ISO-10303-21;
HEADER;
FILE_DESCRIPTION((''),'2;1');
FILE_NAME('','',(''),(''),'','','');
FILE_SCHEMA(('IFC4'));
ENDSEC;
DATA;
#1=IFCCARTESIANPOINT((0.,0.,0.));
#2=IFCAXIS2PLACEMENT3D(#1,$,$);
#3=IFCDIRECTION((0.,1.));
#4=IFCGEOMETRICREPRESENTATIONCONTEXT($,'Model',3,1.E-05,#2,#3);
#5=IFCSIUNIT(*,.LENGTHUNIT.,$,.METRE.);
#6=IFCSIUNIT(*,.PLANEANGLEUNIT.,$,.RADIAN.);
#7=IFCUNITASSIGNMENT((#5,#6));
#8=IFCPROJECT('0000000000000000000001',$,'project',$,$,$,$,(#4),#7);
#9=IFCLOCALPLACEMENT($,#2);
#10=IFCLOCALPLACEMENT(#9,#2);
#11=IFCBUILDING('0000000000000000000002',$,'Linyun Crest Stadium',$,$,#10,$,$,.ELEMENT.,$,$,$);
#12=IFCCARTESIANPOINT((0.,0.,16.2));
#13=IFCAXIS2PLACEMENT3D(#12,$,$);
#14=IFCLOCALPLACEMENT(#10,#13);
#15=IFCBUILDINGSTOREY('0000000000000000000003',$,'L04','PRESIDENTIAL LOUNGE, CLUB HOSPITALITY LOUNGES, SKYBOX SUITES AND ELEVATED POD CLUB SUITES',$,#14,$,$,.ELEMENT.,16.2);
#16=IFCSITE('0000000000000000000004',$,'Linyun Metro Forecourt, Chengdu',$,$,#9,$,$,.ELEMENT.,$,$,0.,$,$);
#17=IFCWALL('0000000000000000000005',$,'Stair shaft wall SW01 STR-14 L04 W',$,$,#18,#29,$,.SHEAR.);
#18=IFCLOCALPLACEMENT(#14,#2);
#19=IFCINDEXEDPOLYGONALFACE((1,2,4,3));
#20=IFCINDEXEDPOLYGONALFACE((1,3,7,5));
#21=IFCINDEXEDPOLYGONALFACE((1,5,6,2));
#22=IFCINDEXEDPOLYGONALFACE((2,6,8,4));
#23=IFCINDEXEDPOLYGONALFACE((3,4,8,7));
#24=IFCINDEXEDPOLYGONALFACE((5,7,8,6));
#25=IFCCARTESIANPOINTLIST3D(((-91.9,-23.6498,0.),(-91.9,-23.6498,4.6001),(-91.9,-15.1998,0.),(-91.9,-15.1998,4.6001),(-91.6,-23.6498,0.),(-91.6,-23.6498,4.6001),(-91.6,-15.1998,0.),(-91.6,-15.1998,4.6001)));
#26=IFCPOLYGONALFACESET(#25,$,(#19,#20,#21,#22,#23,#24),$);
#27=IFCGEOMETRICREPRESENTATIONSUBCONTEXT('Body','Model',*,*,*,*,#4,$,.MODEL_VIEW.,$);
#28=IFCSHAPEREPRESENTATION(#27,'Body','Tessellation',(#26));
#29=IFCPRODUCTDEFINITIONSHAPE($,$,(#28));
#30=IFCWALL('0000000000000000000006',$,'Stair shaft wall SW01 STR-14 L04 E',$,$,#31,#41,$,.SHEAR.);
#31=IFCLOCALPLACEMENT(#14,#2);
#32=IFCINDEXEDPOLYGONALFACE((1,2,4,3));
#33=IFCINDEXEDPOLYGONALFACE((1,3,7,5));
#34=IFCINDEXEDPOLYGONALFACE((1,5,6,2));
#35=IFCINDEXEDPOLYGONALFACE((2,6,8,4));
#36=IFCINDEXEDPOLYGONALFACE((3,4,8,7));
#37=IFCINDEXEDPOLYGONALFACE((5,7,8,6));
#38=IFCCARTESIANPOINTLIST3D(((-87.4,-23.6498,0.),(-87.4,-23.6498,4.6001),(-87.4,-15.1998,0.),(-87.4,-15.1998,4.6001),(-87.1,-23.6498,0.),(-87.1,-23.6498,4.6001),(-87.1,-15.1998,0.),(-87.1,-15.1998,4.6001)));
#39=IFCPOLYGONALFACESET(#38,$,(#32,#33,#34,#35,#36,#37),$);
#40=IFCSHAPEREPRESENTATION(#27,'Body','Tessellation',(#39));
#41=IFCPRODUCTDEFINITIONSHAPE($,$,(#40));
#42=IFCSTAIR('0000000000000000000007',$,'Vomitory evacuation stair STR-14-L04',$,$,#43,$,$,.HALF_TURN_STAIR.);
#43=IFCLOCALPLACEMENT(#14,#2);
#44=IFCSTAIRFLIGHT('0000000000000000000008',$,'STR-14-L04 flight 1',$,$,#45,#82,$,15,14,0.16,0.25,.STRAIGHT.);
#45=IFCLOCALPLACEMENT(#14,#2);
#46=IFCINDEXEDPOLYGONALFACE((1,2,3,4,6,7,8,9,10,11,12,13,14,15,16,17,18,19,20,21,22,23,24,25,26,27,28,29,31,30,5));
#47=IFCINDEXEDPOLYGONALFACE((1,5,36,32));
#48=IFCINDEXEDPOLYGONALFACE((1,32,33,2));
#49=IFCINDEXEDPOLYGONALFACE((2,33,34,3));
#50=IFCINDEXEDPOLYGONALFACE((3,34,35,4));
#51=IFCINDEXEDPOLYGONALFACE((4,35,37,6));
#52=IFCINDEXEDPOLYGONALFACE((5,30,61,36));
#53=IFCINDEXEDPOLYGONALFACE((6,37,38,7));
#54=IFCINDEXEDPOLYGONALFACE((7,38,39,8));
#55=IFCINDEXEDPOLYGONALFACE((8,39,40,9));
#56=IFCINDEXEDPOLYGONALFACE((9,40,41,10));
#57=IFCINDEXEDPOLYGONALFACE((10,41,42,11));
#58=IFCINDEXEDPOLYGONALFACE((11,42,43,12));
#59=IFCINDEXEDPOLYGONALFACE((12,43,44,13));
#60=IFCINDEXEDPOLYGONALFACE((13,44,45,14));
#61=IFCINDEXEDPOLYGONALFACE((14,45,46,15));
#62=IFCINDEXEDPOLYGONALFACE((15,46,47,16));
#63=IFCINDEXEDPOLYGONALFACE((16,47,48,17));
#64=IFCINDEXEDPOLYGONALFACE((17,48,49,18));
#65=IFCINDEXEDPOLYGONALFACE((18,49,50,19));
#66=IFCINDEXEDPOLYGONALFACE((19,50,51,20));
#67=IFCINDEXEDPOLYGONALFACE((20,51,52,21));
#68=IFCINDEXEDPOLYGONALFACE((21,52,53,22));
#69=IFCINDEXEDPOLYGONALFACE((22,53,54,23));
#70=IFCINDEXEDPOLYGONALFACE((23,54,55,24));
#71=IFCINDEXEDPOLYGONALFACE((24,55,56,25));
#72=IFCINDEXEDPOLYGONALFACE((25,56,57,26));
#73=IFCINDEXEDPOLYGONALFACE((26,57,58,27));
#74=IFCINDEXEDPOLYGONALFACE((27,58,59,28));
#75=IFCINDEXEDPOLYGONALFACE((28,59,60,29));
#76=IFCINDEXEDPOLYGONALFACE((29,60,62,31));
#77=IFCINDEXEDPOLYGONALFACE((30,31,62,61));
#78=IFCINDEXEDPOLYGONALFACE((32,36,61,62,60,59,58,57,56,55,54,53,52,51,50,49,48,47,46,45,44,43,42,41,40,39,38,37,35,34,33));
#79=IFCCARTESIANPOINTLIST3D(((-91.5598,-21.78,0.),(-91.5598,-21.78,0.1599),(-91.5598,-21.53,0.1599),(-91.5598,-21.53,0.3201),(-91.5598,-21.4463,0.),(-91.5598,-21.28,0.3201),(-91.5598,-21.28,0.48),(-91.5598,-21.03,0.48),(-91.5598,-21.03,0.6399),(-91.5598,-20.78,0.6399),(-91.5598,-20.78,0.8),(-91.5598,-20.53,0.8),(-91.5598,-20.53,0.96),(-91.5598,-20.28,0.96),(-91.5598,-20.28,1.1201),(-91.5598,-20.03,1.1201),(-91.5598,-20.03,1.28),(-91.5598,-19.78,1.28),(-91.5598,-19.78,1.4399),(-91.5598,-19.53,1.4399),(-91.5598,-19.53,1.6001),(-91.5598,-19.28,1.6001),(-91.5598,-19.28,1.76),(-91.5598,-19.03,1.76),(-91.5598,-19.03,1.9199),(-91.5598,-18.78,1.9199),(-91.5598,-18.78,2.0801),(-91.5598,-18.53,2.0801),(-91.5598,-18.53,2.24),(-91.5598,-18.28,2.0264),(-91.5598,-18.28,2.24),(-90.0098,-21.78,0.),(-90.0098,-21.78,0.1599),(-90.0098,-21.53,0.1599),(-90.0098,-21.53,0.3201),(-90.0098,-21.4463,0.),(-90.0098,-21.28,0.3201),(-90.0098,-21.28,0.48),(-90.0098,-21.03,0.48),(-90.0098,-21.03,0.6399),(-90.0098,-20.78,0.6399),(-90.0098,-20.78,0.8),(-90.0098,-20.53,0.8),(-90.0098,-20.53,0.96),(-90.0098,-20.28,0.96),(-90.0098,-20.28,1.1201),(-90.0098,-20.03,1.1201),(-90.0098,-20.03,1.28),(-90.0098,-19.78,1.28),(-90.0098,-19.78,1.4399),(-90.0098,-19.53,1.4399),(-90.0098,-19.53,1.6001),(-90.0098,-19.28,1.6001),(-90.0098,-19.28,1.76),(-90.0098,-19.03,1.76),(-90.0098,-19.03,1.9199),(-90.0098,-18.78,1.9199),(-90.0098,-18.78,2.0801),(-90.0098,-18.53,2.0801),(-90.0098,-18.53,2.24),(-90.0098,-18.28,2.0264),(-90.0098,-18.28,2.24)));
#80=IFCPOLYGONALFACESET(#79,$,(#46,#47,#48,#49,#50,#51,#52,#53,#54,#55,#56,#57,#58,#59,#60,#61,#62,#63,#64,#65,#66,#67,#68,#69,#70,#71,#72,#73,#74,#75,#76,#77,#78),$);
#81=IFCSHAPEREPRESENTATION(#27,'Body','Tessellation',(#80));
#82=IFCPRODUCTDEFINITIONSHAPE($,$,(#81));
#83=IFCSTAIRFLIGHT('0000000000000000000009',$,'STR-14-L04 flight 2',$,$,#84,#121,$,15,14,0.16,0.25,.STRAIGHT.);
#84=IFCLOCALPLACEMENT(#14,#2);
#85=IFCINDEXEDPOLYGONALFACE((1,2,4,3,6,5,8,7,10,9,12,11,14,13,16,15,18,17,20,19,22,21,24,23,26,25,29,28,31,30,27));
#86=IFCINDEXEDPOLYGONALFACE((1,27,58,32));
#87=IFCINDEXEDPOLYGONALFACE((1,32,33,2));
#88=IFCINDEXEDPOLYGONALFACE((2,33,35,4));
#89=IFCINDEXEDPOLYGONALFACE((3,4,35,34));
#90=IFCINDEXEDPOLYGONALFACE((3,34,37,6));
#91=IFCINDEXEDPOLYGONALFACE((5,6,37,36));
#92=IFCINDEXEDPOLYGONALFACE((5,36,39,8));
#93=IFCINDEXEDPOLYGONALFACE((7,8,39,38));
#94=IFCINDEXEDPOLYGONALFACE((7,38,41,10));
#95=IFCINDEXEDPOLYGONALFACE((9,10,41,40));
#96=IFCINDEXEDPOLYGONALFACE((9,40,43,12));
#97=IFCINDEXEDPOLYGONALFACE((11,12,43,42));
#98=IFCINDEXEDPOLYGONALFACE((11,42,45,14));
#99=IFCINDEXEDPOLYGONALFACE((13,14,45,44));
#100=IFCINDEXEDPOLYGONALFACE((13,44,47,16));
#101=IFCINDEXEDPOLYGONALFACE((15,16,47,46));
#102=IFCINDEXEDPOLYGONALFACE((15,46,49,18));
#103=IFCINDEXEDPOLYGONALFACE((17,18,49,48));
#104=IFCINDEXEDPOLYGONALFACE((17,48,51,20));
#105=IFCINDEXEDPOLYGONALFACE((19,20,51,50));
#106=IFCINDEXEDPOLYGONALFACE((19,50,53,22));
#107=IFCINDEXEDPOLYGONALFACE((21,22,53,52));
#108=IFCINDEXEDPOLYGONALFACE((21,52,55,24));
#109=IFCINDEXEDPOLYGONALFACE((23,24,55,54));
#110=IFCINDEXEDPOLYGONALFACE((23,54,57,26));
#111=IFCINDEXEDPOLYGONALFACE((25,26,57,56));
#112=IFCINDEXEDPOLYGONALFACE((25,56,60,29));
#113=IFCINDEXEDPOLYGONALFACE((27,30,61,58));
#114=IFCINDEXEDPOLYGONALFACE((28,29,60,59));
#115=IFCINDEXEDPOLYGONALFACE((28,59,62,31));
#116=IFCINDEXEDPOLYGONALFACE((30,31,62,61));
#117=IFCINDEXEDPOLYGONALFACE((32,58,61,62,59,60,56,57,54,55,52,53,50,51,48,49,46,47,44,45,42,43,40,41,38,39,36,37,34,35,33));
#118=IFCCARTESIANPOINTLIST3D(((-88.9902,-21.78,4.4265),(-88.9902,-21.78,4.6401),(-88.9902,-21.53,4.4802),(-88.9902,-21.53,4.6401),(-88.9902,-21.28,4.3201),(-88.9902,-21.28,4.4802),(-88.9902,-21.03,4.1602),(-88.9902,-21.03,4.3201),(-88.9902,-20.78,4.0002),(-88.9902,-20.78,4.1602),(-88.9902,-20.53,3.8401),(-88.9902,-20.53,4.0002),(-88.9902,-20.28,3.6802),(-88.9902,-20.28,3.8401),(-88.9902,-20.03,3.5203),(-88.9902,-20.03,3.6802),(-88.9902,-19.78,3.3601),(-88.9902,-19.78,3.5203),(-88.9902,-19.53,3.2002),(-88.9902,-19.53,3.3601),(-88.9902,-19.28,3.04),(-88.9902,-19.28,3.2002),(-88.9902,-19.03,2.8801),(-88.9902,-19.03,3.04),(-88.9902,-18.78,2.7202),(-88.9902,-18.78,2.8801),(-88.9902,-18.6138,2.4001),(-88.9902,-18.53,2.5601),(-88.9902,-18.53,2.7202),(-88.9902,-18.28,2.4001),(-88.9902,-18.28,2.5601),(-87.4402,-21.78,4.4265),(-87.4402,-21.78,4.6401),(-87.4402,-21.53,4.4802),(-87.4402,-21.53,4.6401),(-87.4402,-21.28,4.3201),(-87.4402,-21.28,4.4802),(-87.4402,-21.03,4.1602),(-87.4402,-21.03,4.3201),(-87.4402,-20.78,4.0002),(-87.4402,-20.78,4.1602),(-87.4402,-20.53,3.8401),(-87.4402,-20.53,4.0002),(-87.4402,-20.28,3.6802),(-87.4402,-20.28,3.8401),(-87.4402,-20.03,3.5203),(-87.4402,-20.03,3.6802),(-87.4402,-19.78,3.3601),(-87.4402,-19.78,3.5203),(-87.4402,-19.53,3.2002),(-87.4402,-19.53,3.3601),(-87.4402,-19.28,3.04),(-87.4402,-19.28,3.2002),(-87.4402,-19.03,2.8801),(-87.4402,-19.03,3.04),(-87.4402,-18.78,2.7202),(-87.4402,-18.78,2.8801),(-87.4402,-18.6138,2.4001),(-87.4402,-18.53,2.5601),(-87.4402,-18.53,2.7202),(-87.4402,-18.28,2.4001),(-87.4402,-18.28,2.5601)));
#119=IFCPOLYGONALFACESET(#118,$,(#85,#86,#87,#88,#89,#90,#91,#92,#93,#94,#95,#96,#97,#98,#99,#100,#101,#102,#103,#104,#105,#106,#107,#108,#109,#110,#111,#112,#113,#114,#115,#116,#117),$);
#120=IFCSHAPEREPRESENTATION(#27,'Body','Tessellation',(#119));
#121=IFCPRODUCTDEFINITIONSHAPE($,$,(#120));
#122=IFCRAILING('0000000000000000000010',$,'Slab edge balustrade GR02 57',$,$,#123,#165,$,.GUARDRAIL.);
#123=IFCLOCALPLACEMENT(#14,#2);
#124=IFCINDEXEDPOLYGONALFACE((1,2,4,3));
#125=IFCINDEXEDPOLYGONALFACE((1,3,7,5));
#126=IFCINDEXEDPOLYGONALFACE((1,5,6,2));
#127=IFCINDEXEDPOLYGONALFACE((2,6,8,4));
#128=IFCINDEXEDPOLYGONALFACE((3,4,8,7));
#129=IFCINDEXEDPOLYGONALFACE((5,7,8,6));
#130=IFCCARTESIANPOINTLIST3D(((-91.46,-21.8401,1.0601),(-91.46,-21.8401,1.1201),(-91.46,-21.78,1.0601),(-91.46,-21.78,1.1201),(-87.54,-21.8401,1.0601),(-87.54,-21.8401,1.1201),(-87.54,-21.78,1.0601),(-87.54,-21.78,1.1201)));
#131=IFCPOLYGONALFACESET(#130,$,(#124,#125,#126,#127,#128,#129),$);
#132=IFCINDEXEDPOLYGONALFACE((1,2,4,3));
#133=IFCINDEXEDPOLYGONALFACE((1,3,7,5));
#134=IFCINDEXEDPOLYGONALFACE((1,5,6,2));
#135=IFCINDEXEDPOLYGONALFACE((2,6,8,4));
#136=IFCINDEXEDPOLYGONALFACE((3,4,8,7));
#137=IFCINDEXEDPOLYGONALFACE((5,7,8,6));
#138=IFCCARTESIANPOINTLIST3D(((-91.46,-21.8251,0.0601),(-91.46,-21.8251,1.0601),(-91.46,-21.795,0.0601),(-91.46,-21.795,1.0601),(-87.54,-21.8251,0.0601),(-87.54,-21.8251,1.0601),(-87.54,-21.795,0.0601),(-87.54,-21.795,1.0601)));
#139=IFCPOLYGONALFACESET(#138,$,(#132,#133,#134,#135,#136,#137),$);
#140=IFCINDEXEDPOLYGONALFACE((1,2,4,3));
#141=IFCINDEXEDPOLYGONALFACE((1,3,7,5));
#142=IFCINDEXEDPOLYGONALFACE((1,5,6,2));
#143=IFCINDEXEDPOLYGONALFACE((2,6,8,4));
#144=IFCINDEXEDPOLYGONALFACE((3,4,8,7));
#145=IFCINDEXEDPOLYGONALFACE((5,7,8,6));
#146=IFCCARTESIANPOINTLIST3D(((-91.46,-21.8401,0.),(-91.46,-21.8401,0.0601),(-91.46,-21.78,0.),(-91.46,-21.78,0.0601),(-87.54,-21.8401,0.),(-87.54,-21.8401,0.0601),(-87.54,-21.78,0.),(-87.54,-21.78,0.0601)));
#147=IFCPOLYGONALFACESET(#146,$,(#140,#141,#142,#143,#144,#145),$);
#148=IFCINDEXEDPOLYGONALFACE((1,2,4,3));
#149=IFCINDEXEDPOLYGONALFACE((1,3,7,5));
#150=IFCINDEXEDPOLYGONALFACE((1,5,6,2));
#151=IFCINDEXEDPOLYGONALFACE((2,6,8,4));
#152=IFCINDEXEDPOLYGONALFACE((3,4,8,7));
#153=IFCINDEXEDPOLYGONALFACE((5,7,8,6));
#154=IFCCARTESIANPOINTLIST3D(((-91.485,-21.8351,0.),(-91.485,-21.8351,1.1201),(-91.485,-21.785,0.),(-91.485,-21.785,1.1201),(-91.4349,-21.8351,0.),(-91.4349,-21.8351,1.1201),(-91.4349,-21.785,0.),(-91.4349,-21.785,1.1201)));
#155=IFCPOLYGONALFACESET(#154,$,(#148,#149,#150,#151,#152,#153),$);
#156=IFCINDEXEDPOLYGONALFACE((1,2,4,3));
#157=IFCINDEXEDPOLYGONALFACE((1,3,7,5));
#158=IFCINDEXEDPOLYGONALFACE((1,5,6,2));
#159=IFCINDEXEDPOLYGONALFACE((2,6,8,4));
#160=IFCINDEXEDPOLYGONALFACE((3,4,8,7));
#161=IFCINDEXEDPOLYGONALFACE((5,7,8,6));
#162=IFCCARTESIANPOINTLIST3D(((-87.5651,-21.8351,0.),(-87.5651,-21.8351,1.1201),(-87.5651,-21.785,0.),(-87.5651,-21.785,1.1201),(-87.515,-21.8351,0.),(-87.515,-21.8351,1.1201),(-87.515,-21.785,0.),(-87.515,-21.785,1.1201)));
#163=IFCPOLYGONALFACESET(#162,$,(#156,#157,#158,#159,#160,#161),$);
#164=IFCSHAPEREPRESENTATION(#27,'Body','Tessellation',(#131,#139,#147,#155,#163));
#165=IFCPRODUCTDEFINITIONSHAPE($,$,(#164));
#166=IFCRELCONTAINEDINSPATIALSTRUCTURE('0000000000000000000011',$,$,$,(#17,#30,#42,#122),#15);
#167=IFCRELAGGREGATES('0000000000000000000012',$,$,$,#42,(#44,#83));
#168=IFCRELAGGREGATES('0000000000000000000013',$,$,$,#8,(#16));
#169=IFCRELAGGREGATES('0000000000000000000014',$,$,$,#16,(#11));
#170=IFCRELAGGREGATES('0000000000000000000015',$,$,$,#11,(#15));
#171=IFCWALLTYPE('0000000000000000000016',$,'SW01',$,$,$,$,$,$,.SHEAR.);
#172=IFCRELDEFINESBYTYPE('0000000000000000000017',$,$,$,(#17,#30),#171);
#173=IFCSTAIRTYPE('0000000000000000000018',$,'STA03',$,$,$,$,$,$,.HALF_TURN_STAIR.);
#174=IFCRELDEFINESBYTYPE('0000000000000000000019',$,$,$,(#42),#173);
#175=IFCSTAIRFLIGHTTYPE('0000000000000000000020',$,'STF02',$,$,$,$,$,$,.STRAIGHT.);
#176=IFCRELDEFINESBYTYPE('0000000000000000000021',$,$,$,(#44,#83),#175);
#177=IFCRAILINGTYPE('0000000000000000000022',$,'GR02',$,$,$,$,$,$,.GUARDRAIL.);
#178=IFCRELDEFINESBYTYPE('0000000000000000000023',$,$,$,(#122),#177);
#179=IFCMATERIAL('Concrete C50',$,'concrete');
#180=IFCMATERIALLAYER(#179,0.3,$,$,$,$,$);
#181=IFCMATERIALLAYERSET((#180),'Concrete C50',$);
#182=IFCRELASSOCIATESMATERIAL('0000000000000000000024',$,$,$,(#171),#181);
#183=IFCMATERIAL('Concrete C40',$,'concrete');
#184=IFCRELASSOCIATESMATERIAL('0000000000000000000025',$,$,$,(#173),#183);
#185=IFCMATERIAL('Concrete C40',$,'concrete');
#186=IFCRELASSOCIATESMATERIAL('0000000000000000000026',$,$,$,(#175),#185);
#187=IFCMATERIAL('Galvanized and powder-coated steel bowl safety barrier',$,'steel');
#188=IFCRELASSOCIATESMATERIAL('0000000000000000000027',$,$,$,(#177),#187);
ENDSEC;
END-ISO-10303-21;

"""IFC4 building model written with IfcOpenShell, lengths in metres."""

from ifc_helpers import new_model, si_unit, direction, frame, frame_2d, origin, origin_2d, place, context, subcontext, project, spatial, polyline, rectangle, outline, extrude, material, layer, layer_set, type_object, element, aggregate, save


model = new_model("IFC4")

# Units and contexts
model_context = context("Model", 3, precision=1e-05, world=origin(), true_north=direction((0.0, 1.0)))
body_context = subcontext(model_context, "Body", "Model", "MODEL_VIEW")
ifc_project = project(units=[si_unit("LENGTHUNIT", "METRE"), si_unit("PLANEANGLEUNIT", "RADIAN")], contexts=[model_context])

# Site, building, storey
site_placement = place(None, origin())
site = spatial("IfcSite", under=ifc_project, at=site_placement, Name="Linyun Metro Forecourt, Chengdu", CompositionType="ELEMENT", RefElevation=0.0)
building_placement = place(site_placement, origin())
building = spatial("IfcBuilding", under=site, at=building_placement, Name="Linyun Crest Stadium", CompositionType="ELEMENT")
storey_placement = place(building_placement, frame((0.0, 0.0, 16.2)))
storey = spatial("IfcBuildingStorey", under=building, at=storey_placement, Name="L04", Description="PRESIDENTIAL LOUNGE, CLUB HOSPITALITY LOUNGES, SKYBOX SUITES AND ELEVATED POD CLUB SUITES", CompositionType="ELEMENT", Elevation=16.2)

# Shared definitions
ifc_material_1 = material(Name="Concrete C50", Category="concrete")
ifc_layer_1 = layer(ifc_material_1, 0.3)
ifc_layer_set_1 = layer_set([ifc_layer_1], Name="Concrete C50")
wall_type_1 = type_object("IfcWallType", Name="SW01", PredefinedType="SHEAR", material=ifc_layer_set_1)

# Walls
for number, where, z_axis, x_axis, name in (
    (1, (-91.75, -23.6499, 0.0), (0.0, 0.0, 1.0), (0.0, 1.0, 0.0), "Stair shaft wall SW01 STR-14 L04 W"),
    (2, (-87.25, -23.6499, 0.0), (0.0, 0.0, 1.0), (0.0, 1.0, 0.0), "Stair shaft wall SW01 STR-14 L04 E"),
):
    element("IfcWall", number, at=place(storey_placement, frame(where, z_axis=z_axis, x_axis=x_axis)), inside=storey, type_object=wall_type_1, Name=name, PredefinedType="SHEAR", context=body_context, shape_type="SweptSolid", body=[
        extrude(rectangle(XDim=8.45, YDim=0.3, at=frame_2d((4.2251, 0.0))), origin(), (0.0, 0.0, 1.0), 4.6001),
    ])

# Stair, stair flights
ifc_material_2 = material(Name="Concrete C40", Category="concrete")
stair_type = type_object("IfcStairType", Name="STA03", PredefinedType="HALF_TURN_STAIR", material=ifc_material_2)
stair_placement = place(storey_placement, origin())
stair = element("IfcStair", 3, at=stair_placement, inside=storey, type_object=stair_type, Name="Vomitory evacuation stair STR-14-L04", PredefinedType="HALF_TURN_STAIR")
ifc_material_3 = material(Name="Concrete C40", Category="concrete")
stair_flight_type = type_object("IfcStairFlightType", Name="STF02", PredefinedType="STRAIGHT", material=ifc_material_3)
stair_flight_1_placement = place(storey_placement, frame((-90.7849, -21.78, 0.0), z_axis=(0.0, 0.0, 1.0), x_axis=(0.0, 1.0, 0.0)))
stair_flight_1 = element("IfcStairFlight", 4, at=stair_flight_1_placement, type_object=stair_flight_type, Name="STR-14-L04 flight 1", NumberOfRisers=15, NumberOfTreads=14, PredefinedType="STRAIGHT", RiserHeight=0.16, TreadLength=0.25, context=body_context, shape_type="SweptSolid", body=[
    extrude(outline(polyline([(0.0, 0.0), (0.0, 0.1599), (0.25, 0.1599), (0.25, 0.3201), (0.5, 0.3201), (0.5, 0.48), (0.75, 0.48), (0.75, 0.6399), (1.0, 0.6399), (1.0, 0.8), (1.25, 0.8), (1.25, 0.96), (1.5, 0.96), (1.5, 1.1201), (1.75, 1.1201), (1.75, 1.28), (2.0, 1.28), (2.0, 1.4399), (2.25, 1.4399), (2.25, 1.6001), (2.5, 1.6001), (2.5, 1.76), (2.75, 1.76), (2.75, 1.9199), (3.0, 1.9199), (3.0, 2.0801), (3.25, 2.0801), (3.25, 2.24), (3.5, 2.24), (3.5, 2.3999), (3.5, 2.0264), (0.3337, 0.0), (0.0, 0.0)])), frame((0.0, 0.7749, 0.0), z_axis=(0.0, -1.0, 0.0), x_axis=(1.0, 0.0, 0.0)), (0.0, 0.0, 1.0), 1.55),
])
stair_flight_2_placement = place(storey_placement, frame((-88.2151, -18.28, 2.4001), z_axis=(0.0, 0.0, 1.0), x_axis=(0.0, -1.0, 0.0)))
stair_flight_2 = element("IfcStairFlight", 5, at=stair_flight_2_placement, type_object=stair_flight_type, Name="STR-14-L04 flight 2", NumberOfRisers=15, NumberOfTreads=14, PredefinedType="STRAIGHT", RiserHeight=0.16, TreadLength=0.25, context=body_context, shape_type="SweptSolid", body=[
    extrude(outline(polyline([(0.0, 0.0), (0.0, 0.1599), (0.25, 0.1599), (0.25, 0.3201), (0.5, 0.3201), (0.5, 0.48), (0.75, 0.48), (0.75, 0.6399), (1.0, 0.6399), (1.0, 0.8), (1.25, 0.8), (1.25, 0.96), (1.5, 0.96), (1.5, 1.1201), (1.75, 1.1201), (1.75, 1.28), (2.0, 1.28), (2.0, 1.4399), (2.25, 1.4399), (2.25, 1.6001), (2.5, 1.6001), (2.5, 1.76), (2.75, 1.76), (2.75, 1.9199), (3.0, 1.9199), (3.0, 2.0801), (3.25, 2.0801), (3.25, 2.24), (3.5, 2.24), (3.5, 2.3999), (3.5, 2.0264), (0.3337, 0.0), (0.0, 0.0)])), frame((0.0, 0.7749, 0.0), z_axis=(0.0, -1.0, 0.0), x_axis=(1.0, 0.0, 0.0)), (0.0, 0.0, 1.0), 1.55),
])
aggregate(stair, [stair_flight_1, stair_flight_2])

# Railing
ifc_material_4 = material(Name="Galvanized and powder-coated steel bowl safety barrier", Category="steel")
railing_type_1 = type_object("IfcRailingType", Name="GR02", PredefinedType="GUARDRAIL", material=ifc_material_4)
railing_1_placement = place(storey_placement, frame((-91.46, -21.8101, 0.0)))
element("IfcRailing", 6, at=railing_1_placement, inside=storey, type_object=railing_type_1, Name="Slab edge balustrade GR02 57", PredefinedType="GUARDRAIL", context=body_context, shape_type="SweptSolid", body=[
    extrude(rectangle(XDim=0.0601, YDim=0.0601, at=origin_2d()), frame((0.0, 0.0, 1.0901), z_axis=(1.0, 0.0, 0.0), x_axis=(0.0, 1.0, 0.0)), (0.0, 0.0, 1.0), 3.9199),
    extrude(rectangle(XDim=0.03, YDim=1.0, at=origin_2d()), frame((0.0, 0.0, 0.5601), z_axis=(1.0, 0.0, 0.0), x_axis=(0.0, 1.0, 0.0)), (0.0, 0.0, 1.0), 3.9199),
    extrude(rectangle(XDim=0.0601, YDim=0.0601, at=origin_2d()), frame((0.0, 0.0, 0.03), z_axis=(1.0, 0.0, 0.0), x_axis=(0.0, 1.0, 0.0)), (0.0, 0.0, 1.0), 3.9199),
    extrude(rectangle(XDim=0.05, YDim=0.05, at=origin_2d()), origin(), (0.0, 0.0, 1.0), 1.1201),
    extrude(rectangle(XDim=0.05, YDim=0.05, at=origin_2d()), frame((3.9199, 0.0, 0.0)), (0.0, 0.0, 1.0), 1.1201),
])

save(model, "model.ifc")
